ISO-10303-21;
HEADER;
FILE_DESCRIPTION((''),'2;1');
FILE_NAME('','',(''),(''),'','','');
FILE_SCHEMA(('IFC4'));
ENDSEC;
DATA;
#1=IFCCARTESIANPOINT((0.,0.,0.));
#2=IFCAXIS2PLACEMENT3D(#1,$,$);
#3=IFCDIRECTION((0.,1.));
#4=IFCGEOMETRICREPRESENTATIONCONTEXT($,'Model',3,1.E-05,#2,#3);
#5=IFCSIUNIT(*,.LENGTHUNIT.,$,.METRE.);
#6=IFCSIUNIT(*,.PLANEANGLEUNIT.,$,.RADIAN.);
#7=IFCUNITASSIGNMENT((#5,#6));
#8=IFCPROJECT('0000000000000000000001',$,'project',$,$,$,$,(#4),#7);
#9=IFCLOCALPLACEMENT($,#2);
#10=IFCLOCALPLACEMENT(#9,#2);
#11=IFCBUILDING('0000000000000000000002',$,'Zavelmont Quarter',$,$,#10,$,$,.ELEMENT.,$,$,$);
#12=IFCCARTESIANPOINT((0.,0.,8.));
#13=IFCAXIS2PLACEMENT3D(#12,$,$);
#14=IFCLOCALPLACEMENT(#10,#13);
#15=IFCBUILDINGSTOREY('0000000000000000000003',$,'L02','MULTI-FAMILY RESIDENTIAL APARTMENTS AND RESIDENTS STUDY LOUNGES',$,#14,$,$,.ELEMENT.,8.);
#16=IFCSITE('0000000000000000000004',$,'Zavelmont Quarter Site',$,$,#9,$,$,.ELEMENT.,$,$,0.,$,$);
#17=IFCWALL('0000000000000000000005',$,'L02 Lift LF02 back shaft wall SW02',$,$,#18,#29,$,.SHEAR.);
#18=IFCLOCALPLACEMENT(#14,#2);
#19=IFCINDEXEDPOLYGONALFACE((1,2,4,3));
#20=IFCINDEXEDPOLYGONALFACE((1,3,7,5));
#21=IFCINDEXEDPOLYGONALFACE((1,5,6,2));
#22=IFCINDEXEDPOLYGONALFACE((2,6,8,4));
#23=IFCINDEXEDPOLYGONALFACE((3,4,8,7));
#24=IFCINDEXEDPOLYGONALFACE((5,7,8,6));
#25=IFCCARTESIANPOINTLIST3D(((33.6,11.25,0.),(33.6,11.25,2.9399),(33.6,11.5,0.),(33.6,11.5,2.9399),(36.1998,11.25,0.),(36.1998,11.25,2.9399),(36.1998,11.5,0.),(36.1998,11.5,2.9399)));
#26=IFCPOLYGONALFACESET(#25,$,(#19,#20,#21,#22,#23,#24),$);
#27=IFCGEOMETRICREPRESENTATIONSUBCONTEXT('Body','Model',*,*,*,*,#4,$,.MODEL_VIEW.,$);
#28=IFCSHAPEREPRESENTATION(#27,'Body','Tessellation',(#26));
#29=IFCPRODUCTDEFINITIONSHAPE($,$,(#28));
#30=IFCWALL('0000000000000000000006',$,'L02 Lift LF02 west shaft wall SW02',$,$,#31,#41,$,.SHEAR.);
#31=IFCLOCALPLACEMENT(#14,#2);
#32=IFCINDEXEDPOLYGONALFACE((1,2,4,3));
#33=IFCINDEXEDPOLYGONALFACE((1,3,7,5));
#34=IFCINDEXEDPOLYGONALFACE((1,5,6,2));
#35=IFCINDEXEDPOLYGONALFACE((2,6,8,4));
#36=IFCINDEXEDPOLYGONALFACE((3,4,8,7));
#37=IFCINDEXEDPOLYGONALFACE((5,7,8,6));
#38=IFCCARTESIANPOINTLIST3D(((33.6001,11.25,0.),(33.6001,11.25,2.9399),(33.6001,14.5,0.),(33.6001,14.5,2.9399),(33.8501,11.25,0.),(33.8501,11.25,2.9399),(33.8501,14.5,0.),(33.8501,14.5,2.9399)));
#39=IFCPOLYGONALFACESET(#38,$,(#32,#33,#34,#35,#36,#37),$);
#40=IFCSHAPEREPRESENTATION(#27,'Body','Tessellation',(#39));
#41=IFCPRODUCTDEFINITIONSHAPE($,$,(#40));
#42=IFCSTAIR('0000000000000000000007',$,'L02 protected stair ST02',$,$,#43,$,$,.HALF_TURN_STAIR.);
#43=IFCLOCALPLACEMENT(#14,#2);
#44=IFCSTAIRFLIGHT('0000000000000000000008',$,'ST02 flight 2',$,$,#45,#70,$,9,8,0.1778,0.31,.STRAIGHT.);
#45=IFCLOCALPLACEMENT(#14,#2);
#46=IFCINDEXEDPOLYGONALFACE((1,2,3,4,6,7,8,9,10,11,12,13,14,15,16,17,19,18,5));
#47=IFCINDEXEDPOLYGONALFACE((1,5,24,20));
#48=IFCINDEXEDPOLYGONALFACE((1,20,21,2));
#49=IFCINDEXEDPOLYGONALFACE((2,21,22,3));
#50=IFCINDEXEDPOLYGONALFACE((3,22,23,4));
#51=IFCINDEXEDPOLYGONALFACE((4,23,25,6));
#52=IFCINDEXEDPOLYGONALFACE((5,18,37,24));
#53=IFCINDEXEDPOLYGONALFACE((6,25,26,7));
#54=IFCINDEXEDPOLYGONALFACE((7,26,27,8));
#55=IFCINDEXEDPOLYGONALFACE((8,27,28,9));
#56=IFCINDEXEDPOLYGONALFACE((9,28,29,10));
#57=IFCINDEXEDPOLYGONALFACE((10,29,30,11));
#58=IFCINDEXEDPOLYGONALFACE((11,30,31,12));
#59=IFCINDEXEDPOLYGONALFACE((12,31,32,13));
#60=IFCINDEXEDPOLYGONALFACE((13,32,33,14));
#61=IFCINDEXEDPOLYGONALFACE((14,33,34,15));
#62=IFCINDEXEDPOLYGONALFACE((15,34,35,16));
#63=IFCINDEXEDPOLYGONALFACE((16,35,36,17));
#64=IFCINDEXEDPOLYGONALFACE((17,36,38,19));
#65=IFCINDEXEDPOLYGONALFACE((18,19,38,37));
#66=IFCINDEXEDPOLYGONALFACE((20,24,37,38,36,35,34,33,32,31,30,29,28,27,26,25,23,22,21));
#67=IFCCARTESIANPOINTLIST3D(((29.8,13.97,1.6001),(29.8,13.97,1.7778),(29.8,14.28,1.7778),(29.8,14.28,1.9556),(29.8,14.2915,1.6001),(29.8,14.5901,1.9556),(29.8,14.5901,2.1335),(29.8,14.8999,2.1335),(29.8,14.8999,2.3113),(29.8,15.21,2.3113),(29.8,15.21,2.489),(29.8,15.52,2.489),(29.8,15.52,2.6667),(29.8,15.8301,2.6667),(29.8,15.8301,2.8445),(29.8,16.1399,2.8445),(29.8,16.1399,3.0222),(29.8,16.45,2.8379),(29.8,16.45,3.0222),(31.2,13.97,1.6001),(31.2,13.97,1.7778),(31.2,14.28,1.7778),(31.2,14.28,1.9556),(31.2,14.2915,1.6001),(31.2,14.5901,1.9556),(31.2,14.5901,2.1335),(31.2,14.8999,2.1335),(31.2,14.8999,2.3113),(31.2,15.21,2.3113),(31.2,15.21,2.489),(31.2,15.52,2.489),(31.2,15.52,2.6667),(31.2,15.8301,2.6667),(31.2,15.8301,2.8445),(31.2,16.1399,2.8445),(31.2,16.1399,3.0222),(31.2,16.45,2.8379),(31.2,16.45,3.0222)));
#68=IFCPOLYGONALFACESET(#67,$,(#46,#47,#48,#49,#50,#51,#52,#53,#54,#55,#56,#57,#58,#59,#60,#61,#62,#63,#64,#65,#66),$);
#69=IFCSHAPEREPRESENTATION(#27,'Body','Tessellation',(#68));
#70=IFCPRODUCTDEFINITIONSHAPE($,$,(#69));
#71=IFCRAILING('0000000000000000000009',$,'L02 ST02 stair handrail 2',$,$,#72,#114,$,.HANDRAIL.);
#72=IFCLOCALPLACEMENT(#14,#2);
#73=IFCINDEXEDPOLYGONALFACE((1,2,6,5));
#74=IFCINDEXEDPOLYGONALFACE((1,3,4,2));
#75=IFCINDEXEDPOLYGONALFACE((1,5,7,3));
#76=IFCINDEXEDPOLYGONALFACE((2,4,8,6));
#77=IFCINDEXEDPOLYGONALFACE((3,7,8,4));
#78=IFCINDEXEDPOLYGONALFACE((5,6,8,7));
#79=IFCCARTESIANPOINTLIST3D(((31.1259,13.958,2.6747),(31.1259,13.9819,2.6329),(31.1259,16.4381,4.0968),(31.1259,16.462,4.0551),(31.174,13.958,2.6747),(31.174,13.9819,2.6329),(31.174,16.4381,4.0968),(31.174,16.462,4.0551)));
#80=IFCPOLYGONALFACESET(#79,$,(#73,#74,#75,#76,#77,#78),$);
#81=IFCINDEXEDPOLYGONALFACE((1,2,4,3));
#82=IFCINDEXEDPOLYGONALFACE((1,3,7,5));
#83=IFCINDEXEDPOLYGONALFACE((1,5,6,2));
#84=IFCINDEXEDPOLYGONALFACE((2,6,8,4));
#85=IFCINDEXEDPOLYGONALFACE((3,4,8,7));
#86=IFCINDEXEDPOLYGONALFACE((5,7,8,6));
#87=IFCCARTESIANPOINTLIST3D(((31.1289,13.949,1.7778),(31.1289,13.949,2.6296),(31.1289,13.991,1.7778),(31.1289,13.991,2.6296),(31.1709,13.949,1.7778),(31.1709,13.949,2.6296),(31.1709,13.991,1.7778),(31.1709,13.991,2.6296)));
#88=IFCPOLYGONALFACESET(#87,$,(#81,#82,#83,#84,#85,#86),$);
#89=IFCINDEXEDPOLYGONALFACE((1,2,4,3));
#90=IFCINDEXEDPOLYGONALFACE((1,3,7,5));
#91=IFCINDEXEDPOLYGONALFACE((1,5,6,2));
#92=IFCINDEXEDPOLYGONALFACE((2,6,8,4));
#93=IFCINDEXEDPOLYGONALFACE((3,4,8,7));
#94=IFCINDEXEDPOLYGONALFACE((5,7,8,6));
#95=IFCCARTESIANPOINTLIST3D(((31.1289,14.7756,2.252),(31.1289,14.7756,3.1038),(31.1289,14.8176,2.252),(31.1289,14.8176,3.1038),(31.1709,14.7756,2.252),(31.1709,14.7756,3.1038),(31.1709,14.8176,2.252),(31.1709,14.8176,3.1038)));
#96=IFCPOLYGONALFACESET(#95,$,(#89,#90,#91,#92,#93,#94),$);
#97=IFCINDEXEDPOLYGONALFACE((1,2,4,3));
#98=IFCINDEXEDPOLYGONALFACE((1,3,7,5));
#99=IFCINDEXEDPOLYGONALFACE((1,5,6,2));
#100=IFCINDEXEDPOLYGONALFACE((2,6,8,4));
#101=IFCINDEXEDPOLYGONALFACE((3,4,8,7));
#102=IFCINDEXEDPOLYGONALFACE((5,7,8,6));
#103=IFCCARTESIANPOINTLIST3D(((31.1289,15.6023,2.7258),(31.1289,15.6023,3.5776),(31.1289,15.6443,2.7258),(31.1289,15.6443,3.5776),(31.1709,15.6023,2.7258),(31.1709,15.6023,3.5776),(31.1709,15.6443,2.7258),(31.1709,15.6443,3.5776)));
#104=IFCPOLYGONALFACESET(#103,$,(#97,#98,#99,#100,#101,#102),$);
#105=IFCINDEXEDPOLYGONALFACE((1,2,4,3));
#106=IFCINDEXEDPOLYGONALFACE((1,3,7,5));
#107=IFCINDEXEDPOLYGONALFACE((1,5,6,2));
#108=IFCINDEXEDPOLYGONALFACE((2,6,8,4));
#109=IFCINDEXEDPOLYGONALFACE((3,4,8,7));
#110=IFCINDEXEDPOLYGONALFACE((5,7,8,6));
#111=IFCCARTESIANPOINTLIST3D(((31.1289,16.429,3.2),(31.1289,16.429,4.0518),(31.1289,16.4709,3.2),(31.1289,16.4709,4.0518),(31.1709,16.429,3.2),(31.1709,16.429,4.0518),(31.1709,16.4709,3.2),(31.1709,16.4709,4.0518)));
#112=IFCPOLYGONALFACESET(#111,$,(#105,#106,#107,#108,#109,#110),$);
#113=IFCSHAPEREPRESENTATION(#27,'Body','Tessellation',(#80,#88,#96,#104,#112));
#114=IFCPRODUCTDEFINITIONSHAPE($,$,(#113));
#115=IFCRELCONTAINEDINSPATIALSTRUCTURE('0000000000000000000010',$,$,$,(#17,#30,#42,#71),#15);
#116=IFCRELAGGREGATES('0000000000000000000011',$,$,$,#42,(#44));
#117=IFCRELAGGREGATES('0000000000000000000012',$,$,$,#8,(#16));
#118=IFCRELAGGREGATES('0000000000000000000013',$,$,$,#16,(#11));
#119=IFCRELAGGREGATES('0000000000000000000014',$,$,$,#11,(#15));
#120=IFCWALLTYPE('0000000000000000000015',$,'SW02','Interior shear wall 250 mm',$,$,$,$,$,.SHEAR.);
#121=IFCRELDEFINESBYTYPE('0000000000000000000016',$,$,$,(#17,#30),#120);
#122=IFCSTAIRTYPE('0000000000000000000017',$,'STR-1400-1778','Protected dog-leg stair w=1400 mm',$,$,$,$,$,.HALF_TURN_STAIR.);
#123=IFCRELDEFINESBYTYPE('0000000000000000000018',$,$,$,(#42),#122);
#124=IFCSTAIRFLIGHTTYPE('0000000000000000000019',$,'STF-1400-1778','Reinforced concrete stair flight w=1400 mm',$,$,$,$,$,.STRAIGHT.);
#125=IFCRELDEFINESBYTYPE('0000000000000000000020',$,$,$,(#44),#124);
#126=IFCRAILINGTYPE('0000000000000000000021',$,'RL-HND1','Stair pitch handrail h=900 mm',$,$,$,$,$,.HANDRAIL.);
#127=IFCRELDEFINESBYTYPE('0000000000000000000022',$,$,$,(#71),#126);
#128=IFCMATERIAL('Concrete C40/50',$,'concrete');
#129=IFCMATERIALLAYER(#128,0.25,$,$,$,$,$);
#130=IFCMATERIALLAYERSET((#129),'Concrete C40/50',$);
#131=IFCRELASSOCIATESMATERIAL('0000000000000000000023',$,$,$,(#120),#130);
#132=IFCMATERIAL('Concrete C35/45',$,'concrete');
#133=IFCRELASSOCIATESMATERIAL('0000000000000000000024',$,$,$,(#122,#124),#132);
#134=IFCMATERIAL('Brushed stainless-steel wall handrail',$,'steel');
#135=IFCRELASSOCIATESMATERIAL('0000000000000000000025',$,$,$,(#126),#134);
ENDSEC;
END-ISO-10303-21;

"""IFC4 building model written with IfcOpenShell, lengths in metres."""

from ifc_helpers import new_model, si_unit, direction, frame, frame_2d, origin, origin_2d, place, context, subcontext, project, spatial, polyline, rectangle, outline, extrude, material, layer, layer_set, type_object, element, aggregate, save


model = new_model("IFC4")

# Units and contexts
model_context = context("Model", 3, precision=1e-05, world=origin(), true_north=direction((0.0, 1.0)))
body_context = subcontext(model_context, "Body", "Model", "MODEL_VIEW")
ifc_project = project(units=[si_unit("LENGTHUNIT", "METRE"), si_unit("PLANEANGLEUNIT", "RADIAN")], contexts=[model_context])

# Site, building, storey
site_placement = place(None, origin())
site = spatial("IfcSite", under=ifc_project, at=site_placement, Name="Zavelmont Quarter Site", CompositionType="ELEMENT", RefElevation=0.0)
building_placement = place(site_placement, origin())
building = spatial("IfcBuilding", under=site, at=building_placement, Name="Zavelmont Quarter", CompositionType="ELEMENT")
storey_placement = place(building_placement, frame((0.0, 0.0, 8.0)))
storey = spatial("IfcBuildingStorey", under=building, at=storey_placement, Name="L02", Description="MULTI-FAMILY RESIDENTIAL APARTMENTS AND RESIDENTS STUDY LOUNGES", CompositionType="ELEMENT", Elevation=8.0)

# Shared definitions
ifc_material_1 = material(Name="Concrete C40/50", Category="concrete")

# Shared definitions
ifc_material_2 = material(Name="Concrete C35/45", Category="concrete")

# Shared definitions
ifc_layer_1 = layer(ifc_material_1, 0.25)
ifc_layer_set_1 = layer_set([ifc_layer_1], Name="Concrete C40/50")
wall_type_1 = type_object("IfcWallType", Name="SW02", Description="Interior shear wall 250 mm", PredefinedType="SHEAR", material=ifc_layer_set_1)

# Walls
wall_1_placement = place(storey_placement, frame((33.6001, 11.375, 0.0), z_axis=(0.0, 0.0, 1.0), x_axis=(1.0, 0.0, 0.0)))
element("IfcWall", 1, at=wall_1_placement, inside=storey, type_object=wall_type_1, Name="L02 Lift LF02 back shaft wall SW02", PredefinedType="SHEAR", context=body_context, shape_type="SweptSolid", body=[
    extrude(rectangle(XDim=2.5999, YDim=0.25, at=frame_2d((1.2998, 0.0))), origin(), (0.0, 0.0, 1.0), 2.9399),
])
wall_2_placement = place(storey_placement, frame((33.7251, 11.25, 0.0), z_axis=(0.0, 0.0, 1.0), x_axis=(0.0, 1.0, 0.0)))
element("IfcWall", 2, at=wall_2_placement, inside=storey, type_object=wall_type_1, Name="L02 Lift LF02 west shaft wall SW02", PredefinedType="SHEAR", context=body_context, shape_type="SweptSolid", body=[
    extrude(rectangle(XDim=3.25, YDim=0.25, at=frame_2d((1.625, 0.0))), origin(), (0.0, 0.0, 1.0), 2.9399),
])

# Stair, stair flight
stair_type = type_object("IfcStairType", Name="STR-1400-1778", Description="Protected dog-leg stair w=1400 mm", PredefinedType="HALF_TURN_STAIR", material=ifc_material_2)
stair_placement = place(storey_placement, origin())
stair = element("IfcStair", 3, at=stair_placement, inside=storey, type_object=stair_type, Name="L02 protected stair ST02", PredefinedType="HALF_TURN_STAIR")
stair_flight_type = type_object("IfcStairFlightType", Name="STF-1400-1778", Description="Reinforced concrete stair flight w=1400 mm", PredefinedType="STRAIGHT", material=ifc_material_2)
stair_flight_placement = place(storey_placement, frame((30.5, 13.97, 1.6001), z_axis=(0.0, 0.0, 1.0), x_axis=(0.0, 1.0, 0.0)))
stair_flight = element("IfcStairFlight", 4, at=stair_flight_placement, type_object=stair_flight_type, Name="ST02 flight 2", NumberOfRisers=9, NumberOfTreads=8, PredefinedType="STRAIGHT", RiserHeight=0.1778, TreadLength=0.31, context=body_context, shape_type="SweptSolid", body=[
    extrude(outline(polyline([(0.0, 0.0), (0.0, 0.1777), (0.3101, 0.1777), (0.3101, 0.3555), (0.6201, 0.3555), (0.6201, 0.5334), (0.9299, 0.5334), (0.9299, 0.7112), (1.24, 0.7112), (1.24, 0.8889), (1.55, 0.8889), (1.55, 1.0667), (1.8601, 1.0667), (1.8601, 1.2444), (2.1699, 1.2444), (2.1699, 1.4221), (2.48, 1.4221), (2.48, 1.6001), (2.48, 1.2378), (0.3215, 0.0), (0.0, 0.0)])), frame((0.0, 0.7, 0.0), z_axis=(0.0, -1.0, 0.0), x_axis=(1.0, 0.0, 0.0)), (0.0, 0.0, 1.0), 1.3999),
])
aggregate(stair, [stair_flight])

# Railing
ifc_material_3 = material(Name="Brushed stainless-steel wall handrail", Category="steel")
railing_type = type_object("IfcRailingType", Name="RL-HND1", Description="Stair pitch handrail h=900 mm", PredefinedType="HANDRAIL", material=ifc_material_3)
railing_placement = place(storey_placement, frame((31.1499, 13.97, 1.7778)))
element("IfcRailing", 5, at=railing_placement, inside=storey, type_object=railing_type, Name="L02 ST02 stair handrail 2", PredefinedType="HANDRAIL", context=body_context, shape_type="SweptSolid", body=[
    extrude(rectangle(XDim=0.0481, YDim=0.0481, at=origin_2d()), frame((0.0, 0.0, 0.876), z_axis=(0.0, 0.867491, 0.497454), x_axis=(-1.0, 0.0, 0.0)), (0.0, 0.0, 1.0), 2.8589),
    extrude(rectangle(XDim=0.042, YDim=0.042, at=origin_2d()), origin(), (0.0, 0.0, 1.0), 0.8518),
    extrude(rectangle(XDim=0.042, YDim=0.042, at=origin_2d()), frame((0.0, 0.8267, 0.4741)), (0.0, 0.0, 1.0), 0.8518),
    extrude(rectangle(XDim=0.042, YDim=0.042, at=origin_2d()), frame((0.0, 1.6533, 0.948)), (0.0, 0.0, 1.0), 0.8518),
    extrude(rectangle(XDim=0.042, YDim=0.042, at=origin_2d()), frame((0.0, 2.48, 1.4221)), (0.0, 0.0, 1.0), 0.8518),
])

save(model, "model.ifc")
